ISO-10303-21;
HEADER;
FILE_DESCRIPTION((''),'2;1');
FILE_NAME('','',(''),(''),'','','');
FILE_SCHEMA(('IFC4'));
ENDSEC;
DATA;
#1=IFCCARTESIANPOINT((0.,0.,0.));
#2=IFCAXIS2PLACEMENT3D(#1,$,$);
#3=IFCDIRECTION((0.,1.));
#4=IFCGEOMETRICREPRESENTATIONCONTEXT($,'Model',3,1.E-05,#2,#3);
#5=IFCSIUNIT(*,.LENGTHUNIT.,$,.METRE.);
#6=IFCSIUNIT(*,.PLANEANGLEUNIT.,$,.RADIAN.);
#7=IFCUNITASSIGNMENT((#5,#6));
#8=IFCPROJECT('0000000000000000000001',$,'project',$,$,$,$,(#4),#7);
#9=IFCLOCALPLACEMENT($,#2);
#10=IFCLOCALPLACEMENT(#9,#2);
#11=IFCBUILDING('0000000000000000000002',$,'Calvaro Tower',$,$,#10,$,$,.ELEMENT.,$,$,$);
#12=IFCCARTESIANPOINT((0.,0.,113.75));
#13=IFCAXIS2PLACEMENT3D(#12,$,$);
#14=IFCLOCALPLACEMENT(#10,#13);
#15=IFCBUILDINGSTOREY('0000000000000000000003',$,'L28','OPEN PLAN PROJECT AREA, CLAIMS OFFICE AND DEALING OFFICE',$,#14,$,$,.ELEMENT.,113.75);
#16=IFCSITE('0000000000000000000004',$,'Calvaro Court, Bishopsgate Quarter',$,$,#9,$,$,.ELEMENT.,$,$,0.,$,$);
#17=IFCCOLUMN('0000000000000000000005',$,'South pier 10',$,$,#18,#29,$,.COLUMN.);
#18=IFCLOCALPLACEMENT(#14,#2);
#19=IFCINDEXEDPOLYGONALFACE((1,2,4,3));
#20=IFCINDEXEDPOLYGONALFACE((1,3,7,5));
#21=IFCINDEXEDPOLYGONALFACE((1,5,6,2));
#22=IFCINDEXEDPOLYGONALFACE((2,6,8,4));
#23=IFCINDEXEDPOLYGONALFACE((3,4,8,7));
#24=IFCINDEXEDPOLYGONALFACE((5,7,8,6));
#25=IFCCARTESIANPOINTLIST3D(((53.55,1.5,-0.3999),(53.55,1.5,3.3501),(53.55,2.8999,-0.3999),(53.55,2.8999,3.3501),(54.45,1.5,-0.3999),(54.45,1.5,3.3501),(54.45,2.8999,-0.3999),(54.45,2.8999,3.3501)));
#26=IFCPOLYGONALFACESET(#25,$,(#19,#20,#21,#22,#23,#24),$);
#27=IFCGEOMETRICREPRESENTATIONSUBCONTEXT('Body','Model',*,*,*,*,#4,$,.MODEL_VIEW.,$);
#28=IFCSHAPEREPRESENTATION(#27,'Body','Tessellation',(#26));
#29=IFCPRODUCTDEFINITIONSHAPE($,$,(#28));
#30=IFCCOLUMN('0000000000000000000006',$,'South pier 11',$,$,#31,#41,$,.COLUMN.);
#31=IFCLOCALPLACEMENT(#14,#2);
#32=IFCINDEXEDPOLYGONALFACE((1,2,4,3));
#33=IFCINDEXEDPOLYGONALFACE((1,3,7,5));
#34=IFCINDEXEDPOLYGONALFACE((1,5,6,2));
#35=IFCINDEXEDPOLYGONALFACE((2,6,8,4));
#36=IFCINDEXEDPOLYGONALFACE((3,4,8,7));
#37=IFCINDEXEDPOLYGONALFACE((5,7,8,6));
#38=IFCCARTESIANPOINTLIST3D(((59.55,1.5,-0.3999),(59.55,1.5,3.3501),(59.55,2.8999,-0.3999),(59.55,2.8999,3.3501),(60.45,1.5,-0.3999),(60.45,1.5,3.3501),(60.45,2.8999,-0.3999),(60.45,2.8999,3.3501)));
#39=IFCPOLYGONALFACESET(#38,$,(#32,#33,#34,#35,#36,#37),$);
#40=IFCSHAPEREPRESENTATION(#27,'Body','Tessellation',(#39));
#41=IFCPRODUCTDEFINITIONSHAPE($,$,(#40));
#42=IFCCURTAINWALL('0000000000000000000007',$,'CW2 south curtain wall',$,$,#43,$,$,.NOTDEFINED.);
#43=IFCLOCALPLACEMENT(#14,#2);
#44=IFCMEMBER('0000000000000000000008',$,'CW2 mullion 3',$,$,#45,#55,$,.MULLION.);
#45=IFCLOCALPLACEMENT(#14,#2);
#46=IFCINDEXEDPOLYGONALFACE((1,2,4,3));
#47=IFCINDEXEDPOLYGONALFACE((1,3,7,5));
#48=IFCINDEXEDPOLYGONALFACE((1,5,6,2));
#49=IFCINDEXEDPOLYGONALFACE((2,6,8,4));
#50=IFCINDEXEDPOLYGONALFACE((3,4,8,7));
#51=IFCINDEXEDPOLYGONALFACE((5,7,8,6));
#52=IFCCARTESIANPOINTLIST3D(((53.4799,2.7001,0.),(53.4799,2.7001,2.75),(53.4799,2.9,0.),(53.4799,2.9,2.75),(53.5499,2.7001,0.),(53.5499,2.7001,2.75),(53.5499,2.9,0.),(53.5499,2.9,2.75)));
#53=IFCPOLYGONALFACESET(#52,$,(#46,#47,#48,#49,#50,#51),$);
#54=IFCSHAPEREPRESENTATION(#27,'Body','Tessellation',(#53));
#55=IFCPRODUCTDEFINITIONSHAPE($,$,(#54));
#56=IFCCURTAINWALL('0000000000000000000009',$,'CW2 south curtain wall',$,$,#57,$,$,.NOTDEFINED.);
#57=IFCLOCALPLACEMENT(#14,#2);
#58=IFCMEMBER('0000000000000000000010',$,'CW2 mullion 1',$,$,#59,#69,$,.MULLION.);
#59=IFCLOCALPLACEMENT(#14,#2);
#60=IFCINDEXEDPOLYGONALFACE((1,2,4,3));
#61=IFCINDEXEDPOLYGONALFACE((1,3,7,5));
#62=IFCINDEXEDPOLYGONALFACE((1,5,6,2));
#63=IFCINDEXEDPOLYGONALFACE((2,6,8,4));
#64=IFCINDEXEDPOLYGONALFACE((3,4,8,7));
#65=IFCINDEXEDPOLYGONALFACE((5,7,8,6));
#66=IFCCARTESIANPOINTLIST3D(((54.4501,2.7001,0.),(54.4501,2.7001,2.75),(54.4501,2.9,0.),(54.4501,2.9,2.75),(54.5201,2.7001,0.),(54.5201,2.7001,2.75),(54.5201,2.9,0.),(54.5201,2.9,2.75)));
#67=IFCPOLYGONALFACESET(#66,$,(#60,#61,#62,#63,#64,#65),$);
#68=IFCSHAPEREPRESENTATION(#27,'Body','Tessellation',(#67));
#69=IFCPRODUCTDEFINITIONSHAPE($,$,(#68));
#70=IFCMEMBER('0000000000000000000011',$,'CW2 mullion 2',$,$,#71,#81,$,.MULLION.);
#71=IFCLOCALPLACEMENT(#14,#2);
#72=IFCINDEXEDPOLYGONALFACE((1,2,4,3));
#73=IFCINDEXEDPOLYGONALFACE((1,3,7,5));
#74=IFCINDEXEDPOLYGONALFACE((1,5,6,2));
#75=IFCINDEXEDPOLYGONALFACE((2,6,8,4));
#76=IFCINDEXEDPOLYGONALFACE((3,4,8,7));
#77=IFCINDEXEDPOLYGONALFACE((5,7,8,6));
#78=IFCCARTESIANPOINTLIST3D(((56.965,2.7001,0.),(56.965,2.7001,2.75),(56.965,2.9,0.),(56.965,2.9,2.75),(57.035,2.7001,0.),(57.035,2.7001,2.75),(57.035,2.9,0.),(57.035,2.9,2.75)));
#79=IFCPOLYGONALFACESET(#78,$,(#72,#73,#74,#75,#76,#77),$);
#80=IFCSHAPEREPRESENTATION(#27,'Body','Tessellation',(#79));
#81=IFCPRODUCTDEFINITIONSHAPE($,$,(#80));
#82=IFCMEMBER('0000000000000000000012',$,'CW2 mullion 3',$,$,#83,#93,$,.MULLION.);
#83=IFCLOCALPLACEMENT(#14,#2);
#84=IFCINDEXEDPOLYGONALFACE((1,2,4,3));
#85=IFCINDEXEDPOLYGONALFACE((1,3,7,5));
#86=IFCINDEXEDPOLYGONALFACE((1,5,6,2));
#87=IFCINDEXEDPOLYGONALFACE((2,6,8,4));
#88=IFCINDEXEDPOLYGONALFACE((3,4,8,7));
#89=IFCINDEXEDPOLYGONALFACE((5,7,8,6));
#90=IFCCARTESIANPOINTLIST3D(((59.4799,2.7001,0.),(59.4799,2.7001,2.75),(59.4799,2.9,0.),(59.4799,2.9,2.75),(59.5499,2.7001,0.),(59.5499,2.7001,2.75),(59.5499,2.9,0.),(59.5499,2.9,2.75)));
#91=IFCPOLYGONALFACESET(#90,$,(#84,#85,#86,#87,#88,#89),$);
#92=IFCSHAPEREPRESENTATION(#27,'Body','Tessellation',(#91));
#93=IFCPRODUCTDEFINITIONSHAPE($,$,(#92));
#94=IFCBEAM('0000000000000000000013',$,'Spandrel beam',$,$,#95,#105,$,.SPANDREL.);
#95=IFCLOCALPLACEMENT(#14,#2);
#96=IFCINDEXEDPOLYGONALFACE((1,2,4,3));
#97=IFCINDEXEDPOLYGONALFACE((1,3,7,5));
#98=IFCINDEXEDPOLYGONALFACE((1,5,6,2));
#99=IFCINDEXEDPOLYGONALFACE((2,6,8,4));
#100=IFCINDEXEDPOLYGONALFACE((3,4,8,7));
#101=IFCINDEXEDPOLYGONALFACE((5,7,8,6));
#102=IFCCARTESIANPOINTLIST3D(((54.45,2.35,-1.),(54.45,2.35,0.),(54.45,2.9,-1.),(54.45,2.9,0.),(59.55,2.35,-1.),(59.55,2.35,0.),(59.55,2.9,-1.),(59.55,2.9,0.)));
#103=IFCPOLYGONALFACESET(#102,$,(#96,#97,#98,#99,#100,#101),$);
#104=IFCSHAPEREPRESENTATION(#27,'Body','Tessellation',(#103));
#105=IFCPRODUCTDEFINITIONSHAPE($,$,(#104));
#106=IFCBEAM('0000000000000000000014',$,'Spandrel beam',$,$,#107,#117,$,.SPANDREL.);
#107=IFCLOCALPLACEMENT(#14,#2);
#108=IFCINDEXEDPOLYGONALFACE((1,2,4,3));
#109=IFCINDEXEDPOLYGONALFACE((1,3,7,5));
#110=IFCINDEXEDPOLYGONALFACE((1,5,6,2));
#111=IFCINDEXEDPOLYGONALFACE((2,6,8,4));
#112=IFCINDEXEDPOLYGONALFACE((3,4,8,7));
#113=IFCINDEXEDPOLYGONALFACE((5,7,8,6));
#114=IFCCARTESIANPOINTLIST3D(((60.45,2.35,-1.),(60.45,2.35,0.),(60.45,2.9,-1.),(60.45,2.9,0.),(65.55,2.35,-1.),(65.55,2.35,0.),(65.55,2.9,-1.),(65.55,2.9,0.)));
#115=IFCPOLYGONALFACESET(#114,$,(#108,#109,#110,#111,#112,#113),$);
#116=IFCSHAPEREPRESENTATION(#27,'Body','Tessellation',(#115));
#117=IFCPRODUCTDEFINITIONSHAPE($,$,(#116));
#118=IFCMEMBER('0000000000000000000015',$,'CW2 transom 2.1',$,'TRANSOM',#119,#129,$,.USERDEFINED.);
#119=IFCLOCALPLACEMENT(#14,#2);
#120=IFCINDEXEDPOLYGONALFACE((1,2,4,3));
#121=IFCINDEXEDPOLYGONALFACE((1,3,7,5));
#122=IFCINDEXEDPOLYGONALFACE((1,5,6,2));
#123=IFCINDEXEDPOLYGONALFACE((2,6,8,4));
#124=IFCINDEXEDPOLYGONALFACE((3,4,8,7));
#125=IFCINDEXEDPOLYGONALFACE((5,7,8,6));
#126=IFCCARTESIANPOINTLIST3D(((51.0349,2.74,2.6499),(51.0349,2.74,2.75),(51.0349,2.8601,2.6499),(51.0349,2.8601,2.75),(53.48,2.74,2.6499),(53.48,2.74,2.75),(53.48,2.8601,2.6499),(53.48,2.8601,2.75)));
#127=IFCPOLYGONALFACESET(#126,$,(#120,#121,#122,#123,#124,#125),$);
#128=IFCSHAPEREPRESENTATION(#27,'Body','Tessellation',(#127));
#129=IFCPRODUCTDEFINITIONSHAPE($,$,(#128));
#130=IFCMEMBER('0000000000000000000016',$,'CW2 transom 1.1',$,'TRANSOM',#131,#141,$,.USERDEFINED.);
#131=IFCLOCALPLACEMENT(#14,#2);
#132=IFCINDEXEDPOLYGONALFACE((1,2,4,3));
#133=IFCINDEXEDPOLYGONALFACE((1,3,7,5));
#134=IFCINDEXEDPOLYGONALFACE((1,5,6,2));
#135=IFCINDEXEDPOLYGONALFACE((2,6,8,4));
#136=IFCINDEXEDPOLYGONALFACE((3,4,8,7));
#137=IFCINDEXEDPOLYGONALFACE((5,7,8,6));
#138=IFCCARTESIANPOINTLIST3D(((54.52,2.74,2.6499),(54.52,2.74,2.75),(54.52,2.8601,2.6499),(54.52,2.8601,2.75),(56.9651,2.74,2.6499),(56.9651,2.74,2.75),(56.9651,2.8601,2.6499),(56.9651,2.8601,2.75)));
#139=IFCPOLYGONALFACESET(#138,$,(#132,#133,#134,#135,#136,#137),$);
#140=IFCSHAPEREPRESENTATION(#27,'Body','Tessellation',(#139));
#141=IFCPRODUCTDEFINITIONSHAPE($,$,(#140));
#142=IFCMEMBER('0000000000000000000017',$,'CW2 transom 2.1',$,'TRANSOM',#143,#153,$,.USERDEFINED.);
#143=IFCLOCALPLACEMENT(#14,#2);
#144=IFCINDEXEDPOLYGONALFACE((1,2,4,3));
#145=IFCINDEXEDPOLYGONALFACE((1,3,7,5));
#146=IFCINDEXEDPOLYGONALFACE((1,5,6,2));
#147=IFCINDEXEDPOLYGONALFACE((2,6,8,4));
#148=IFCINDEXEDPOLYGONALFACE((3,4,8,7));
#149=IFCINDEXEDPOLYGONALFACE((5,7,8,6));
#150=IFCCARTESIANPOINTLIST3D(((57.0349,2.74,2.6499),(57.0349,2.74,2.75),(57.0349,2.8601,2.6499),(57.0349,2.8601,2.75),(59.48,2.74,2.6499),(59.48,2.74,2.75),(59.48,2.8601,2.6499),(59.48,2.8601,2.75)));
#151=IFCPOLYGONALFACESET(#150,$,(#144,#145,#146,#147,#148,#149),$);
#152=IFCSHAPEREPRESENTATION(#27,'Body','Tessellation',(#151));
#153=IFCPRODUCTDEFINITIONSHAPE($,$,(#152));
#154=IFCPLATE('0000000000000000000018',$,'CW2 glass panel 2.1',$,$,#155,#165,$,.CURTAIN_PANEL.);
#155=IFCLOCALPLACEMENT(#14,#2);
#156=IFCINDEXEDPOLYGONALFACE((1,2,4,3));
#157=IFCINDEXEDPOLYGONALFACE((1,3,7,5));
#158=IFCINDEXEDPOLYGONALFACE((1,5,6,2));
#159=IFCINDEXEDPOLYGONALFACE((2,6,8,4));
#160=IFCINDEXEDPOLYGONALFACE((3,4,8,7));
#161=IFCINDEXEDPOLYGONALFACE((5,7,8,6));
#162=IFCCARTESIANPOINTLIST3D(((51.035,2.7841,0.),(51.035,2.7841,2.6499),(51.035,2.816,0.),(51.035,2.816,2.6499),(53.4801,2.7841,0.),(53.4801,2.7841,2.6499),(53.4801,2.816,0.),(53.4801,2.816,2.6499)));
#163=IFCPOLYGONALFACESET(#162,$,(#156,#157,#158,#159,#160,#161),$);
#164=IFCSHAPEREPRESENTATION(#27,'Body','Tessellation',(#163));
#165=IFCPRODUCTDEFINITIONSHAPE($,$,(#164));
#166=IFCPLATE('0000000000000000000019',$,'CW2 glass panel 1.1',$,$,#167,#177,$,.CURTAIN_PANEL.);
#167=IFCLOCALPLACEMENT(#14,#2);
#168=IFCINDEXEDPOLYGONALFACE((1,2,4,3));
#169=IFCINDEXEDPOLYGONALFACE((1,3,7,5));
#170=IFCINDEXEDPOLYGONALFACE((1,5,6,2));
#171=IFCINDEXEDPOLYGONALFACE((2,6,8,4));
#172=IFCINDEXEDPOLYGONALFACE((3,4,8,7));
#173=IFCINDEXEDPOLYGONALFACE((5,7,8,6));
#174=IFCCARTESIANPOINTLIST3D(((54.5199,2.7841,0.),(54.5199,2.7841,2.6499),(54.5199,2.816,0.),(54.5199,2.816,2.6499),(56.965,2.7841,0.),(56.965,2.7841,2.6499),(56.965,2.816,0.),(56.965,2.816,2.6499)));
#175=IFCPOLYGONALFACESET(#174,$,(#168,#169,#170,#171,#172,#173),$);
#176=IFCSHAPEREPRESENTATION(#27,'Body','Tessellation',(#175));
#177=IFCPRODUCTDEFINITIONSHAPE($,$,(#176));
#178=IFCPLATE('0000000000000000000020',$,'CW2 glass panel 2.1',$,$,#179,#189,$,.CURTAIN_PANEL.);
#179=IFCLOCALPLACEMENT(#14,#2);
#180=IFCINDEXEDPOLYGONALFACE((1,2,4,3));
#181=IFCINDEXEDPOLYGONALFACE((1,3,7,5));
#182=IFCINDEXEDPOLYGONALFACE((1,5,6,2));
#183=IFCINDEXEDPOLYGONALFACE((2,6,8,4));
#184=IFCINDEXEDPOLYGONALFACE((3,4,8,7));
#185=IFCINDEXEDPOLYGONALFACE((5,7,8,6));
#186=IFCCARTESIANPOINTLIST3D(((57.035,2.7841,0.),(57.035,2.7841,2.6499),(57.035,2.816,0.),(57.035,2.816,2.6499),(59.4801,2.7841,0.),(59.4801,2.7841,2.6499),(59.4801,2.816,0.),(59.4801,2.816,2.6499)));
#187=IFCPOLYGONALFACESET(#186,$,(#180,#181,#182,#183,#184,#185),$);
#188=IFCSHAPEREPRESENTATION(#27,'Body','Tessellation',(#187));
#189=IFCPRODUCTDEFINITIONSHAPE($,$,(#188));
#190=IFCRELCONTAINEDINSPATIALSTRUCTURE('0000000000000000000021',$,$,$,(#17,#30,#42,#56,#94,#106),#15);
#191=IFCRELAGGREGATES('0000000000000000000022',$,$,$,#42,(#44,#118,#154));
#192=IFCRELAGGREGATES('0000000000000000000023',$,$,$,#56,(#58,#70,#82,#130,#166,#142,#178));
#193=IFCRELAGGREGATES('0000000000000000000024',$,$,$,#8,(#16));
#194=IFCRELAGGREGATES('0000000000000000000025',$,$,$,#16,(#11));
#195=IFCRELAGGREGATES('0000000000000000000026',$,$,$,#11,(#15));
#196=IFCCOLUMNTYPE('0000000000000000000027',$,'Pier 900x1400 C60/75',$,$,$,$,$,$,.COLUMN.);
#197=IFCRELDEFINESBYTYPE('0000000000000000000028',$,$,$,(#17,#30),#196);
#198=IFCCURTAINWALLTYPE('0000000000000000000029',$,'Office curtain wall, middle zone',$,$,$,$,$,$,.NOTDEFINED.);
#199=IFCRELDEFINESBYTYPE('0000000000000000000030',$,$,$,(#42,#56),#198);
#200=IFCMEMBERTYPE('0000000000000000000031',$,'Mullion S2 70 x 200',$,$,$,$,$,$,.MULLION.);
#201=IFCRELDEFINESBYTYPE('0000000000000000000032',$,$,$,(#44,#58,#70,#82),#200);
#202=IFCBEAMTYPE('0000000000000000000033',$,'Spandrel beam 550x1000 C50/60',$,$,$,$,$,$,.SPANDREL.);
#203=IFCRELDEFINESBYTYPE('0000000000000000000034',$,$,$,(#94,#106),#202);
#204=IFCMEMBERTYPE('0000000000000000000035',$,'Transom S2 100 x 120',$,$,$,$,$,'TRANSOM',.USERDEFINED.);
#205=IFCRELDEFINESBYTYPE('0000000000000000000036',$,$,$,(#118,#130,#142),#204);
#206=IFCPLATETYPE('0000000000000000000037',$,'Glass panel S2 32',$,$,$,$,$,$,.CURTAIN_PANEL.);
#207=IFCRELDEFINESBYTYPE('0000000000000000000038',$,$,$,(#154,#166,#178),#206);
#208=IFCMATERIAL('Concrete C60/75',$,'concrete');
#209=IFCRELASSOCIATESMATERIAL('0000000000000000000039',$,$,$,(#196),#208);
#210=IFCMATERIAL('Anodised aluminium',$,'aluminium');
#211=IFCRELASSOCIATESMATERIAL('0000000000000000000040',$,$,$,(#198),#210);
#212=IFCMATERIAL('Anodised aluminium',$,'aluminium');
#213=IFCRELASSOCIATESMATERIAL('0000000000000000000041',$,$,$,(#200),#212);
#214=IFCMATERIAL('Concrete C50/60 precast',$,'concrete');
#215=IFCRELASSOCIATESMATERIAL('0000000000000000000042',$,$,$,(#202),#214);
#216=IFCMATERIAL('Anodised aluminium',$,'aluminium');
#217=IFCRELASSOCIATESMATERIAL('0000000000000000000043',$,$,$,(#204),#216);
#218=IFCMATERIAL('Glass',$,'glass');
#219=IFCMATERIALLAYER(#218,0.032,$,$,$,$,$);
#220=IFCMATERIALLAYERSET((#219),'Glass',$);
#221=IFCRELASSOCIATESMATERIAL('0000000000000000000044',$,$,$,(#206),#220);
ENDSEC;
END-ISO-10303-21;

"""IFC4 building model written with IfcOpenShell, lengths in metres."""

from ifc_helpers import new_model, si_unit, direction, frame, origin, origin_2d, place, context, subcontext, project, spatial, rectangle, extrude, material, layer, layer_set, material_profile, profile_set, type_object, element, aggregate, save


model = new_model("IFC4")

# Units and contexts
model_context = context("Model", 3, precision=1e-05, world=origin(), true_north=direction((0.0, 1.0)))
body_context = subcontext(model_context, "Body", "Model", "MODEL_VIEW")
ifc_project = project(units=[si_unit("LENGTHUNIT", "METRE"), si_unit("PLANEANGLEUNIT", "RADIAN")], contexts=[model_context])

# Site, building, storey
site_placement = place(None, origin())
site = spatial("IfcSite", under=ifc_project, at=site_placement, Name="Calvaro Court, Bishopsgate Quarter", CompositionType="ELEMENT", RefElevation=0.0)
building_placement = place(site_placement, origin())
building = spatial("IfcBuilding", under=site, at=building_placement, Name="Calvaro Tower", CompositionType="ELEMENT")
storey_placement = place(building_placement, frame((0.0, 0.0, 113.75)))
storey = spatial("IfcBuildingStorey", under=building, at=storey_placement, Name="L28", Description="OPEN PLAN PROJECT AREA, CLAIMS OFFICE AND DEALING OFFICE", CompositionType="ELEMENT", Elevation=113.75)

# Columns
ifc_material_1 = material(Name="Concrete C60/75", Category="concrete")
ifc_material_profile_1 = material_profile(ifc_material_1, rectangle(XDim=0.8999, YDim=1.3999, at=origin_2d()), Name="RC 900x1400")
ifc_profile_set_1 = profile_set([ifc_material_profile_1], Name="Concrete C60/75")
column_type = type_object("IfcColumnType", Name="Pier 900x1400 C60/75", PredefinedType="COLUMN", material=ifc_profile_set_1)
for number, where, z_axis, x_axis, name in (
    (1, (54.0, 2.2, -0.3999), (0.0, 0.0, 1.0), (1.0, 0.0, 0.0), "South pier 10"),
    (2, (60.0, 2.2, -0.3999), (0.0, 0.0, 1.0), (1.0, 0.0, 0.0), "South pier 11"),
):
    element("IfcColumn", number, at=place(storey_placement, frame(where, z_axis=z_axis, x_axis=x_axis)), inside=storey, type_object=column_type, Name=name, PredefinedType="COLUMN", context=body_context, shape_type="SweptSolid", body=[
        extrude(rectangle(XDim=0.8999, YDim=1.3999, at=origin_2d()), origin(), (0.0, 0.0, 1.0), 3.75),
    ])

# Curtain wall, member
ifc_material_2 = material(Name="Anodised aluminium", Category="aluminium")
curtain_wall_type = type_object("IfcCurtainWallType", Name="Office curtain wall, middle zone", PredefinedType="NOTDEFINED", material=ifc_material_2)
curtain_wall_1_placement = place(storey_placement, origin())
curtain_wall_1 = element("IfcCurtainWall", 3, at=curtain_wall_1_placement, inside=storey, type_object=curtain_wall_type, Name="CW2 south curtain wall", PredefinedType="NOTDEFINED")
ifc_material_3 = material(Name="Anodised aluminium", Category="aluminium")
ifc_material_profile_2 = material_profile(ifc_material_3, rectangle(XDim=0.2, YDim=0.0701, at=origin_2d()), Name="Mullion S2 70 x 200")
ifc_profile_set_2 = profile_set([ifc_material_profile_2], Name="Anodised aluminium")
member_type_1 = type_object("IfcMemberType", Name="Mullion S2 70 x 200", PredefinedType="MULLION", material=ifc_profile_set_2)
member_1_placement = place(storey_placement, frame((53.5149, 2.8, 0.0), z_axis=(0.0, 0.0, 1.0), x_axis=(0.0, 1.0, 0.0)))
member_1 = element("IfcMember", 4, at=member_1_placement, type_object=member_type_1, Name="CW2 mullion 3", PredefinedType="MULLION", context=body_context, shape_type="SweptSolid", body=[
    extrude(rectangle(XDim=0.2, YDim=0.0701, at=origin_2d()), origin(), (0.0, 0.0, 1.0), 2.75),
])

# Curtain wall, members
curtain_wall_2_placement = place(storey_placement, origin())
curtain_wall_2 = element("IfcCurtainWall", 5, at=curtain_wall_2_placement, inside=storey, type_object=curtain_wall_type, Name="CW2 south curtain wall", PredefinedType="NOTDEFINED")
member_2_placement = place(storey_placement, frame((54.4851, 2.8, 0.0), z_axis=(0.0, 0.0, 1.0), x_axis=(0.0, 1.0, 0.0)))
member_2 = element("IfcMember", 6, at=member_2_placement, type_object=member_type_1, Name="CW2 mullion 1", PredefinedType="MULLION", context=body_context, shape_type="SweptSolid", body=[
    extrude(rectangle(XDim=0.2, YDim=0.0701, at=origin_2d()), origin(), (0.0, 0.0, 1.0), 2.75),
])
member_3_placement = place(storey_placement, frame((57.0, 2.8, 0.0), z_axis=(0.0, 0.0, 1.0), x_axis=(0.0, 1.0, 0.0)))
member_3 = element("IfcMember", 7, at=member_3_placement, type_object=member_type_1, Name="CW2 mullion 2", PredefinedType="MULLION", context=body_context, shape_type="SweptSolid", body=[
    extrude(rectangle(XDim=0.2, YDim=0.0701, at=origin_2d()), origin(), (0.0, 0.0, 1.0), 2.75),
])
member_4_placement = place(storey_placement, frame((59.5149, 2.8, 0.0), z_axis=(0.0, 0.0, 1.0), x_axis=(0.0, 1.0, 0.0)))
member_4 = element("IfcMember", 8, at=member_4_placement, type_object=member_type_1, Name="CW2 mullion 3", PredefinedType="MULLION", context=body_context, shape_type="SweptSolid", body=[
    extrude(rectangle(XDim=0.2, YDim=0.0701, at=origin_2d()), origin(), (0.0, 0.0, 1.0), 2.75),
])

# Beams
ifc_material_4 = material(Name="Concrete C50/60 precast", Category="concrete")
ifc_material_profile_3 = material_profile(ifc_material_4, rectangle(XDim=0.55, YDim=1.0, at=origin_2d()), Name="RC 550x1000")
ifc_profile_set_3 = profile_set([ifc_material_profile_3], Name="Concrete C50/60 precast")
beam_type = type_object("IfcBeamType", Name="Spandrel beam 550x1000 C50/60", PredefinedType="SPANDREL", material=ifc_profile_set_3)
for number, where, z_axis, x_axis, name in (
    (9, (54.45, 2.625, -0.5), (1.0, 0.0, 0.0), (0.0, 1.0, 0.0), "Spandrel beam"),
    (10, (60.45, 2.625, -0.5), (1.0, 0.0, 0.0), (0.0, 1.0, 0.0), "Spandrel beam"),
):
    element("IfcBeam", number, at=place(storey_placement, frame(where, z_axis=z_axis, x_axis=x_axis)), inside=storey, type_object=beam_type, Name=name, PredefinedType="SPANDREL", context=body_context, shape_type="SweptSolid", body=[
        extrude(rectangle(XDim=0.55, YDim=1.0, at=origin_2d()), origin(), (0.0, 0.0, 1.0), 5.1001),
    ])

# Members
ifc_material_5 = material(Name="Anodised aluminium", Category="aluminium")
ifc_material_profile_4 = material_profile(ifc_material_5, rectangle(XDim=0.1201, YDim=0.1001, at=origin_2d()), Name="Transom S2 100 x 120")
ifc_profile_set_4 = profile_set([ifc_material_profile_4], Name="Anodised aluminium")
member_type_2 = type_object("IfcMemberType", Name="Transom S2 100 x 120", ElementType="TRANSOM", PredefinedType="USERDEFINED", material=ifc_profile_set_4)
member_5_placement = place(storey_placement, frame((51.0349, 2.8, 2.7), z_axis=(1.0, 0.0, 0.0), x_axis=(0.0, 1.0, 0.0)))
member_5 = element("IfcMember", 11, at=member_5_placement, type_object=member_type_2, Name="CW2 transom 2.1", ObjectType="TRANSOM", PredefinedType="USERDEFINED", context=body_context, shape_type="SweptSolid", body=[
    extrude(rectangle(XDim=0.1201, YDim=0.1001, at=origin_2d()), origin(), (0.0, 0.0, 1.0), 2.4451),
])
member_6_placement = place(storey_placement, frame((54.52, 2.8, 2.7), z_axis=(1.0, 0.0, 0.0), x_axis=(0.0, 1.0, 0.0)))
member_6 = element("IfcMember", 12, at=member_6_placement, type_object=member_type_2, Name="CW2 transom 1.1", ObjectType="TRANSOM", PredefinedType="USERDEFINED", context=body_context, shape_type="SweptSolid", body=[
    extrude(rectangle(XDim=0.1201, YDim=0.1001, at=origin_2d()), origin(), (0.0, 0.0, 1.0), 2.4451),
])
member_7_placement = place(storey_placement, frame((57.0349, 2.8, 2.7), z_axis=(1.0, 0.0, 0.0), x_axis=(0.0, 1.0, 0.0)))
member_7 = element("IfcMember", 13, at=member_7_placement, type_object=member_type_2, Name="CW2 transom 2.1", ObjectType="TRANSOM", PredefinedType="USERDEFINED", context=body_context, shape_type="SweptSolid", body=[
    extrude(rectangle(XDim=0.1201, YDim=0.1001, at=origin_2d()), origin(), (0.0, 0.0, 1.0), 2.4451),
])

# Plates
ifc_material_6 = material(Name="Glass", Category="glass")
ifc_layer = layer(ifc_material_6, 0.032)
ifc_layer_set = layer_set([ifc_layer], Name="Glass")
plate_type = type_object("IfcPlateType", Name="Glass panel S2 32", PredefinedType="CURTAIN_PANEL", material=ifc_layer_set)
plate_1_placement = place(storey_placement, frame((52.2576, 2.8, 0.0), z_axis=(0.0, 0.0, 1.0), x_axis=(1.0, 0.0, 0.0)))
plate_1 = element("IfcPlate", 14, at=plate_1_placement, type_object=plate_type, Name="CW2 glass panel 2.1", PredefinedType="CURTAIN_PANEL", context=body_context, shape_type="SweptSolid", body=[
    extrude(rectangle(XDim=2.4451, YDim=0.032, at=origin_2d()), origin(), (0.0, 0.0, 1.0), 2.6499),
])
aggregate(curtain_wall_1, [member_1, member_5, plate_1])
plate_2_placement = place(storey_placement, frame((55.7424, 2.8, 0.0), z_axis=(0.0, 0.0, 1.0), x_axis=(1.0, 0.0, 0.0)))
plate_2 = element("IfcPlate", 15, at=plate_2_placement, type_object=plate_type, Name="CW2 glass panel 1.1", PredefinedType="CURTAIN_PANEL", context=body_context, shape_type="SweptSolid", body=[
    extrude(rectangle(XDim=2.4451, YDim=0.032, at=origin_2d()), origin(), (0.0, 0.0, 1.0), 2.6499),
])
plate_3_placement = place(storey_placement, frame((58.2576, 2.8, 0.0), z_axis=(0.0, 0.0, 1.0), x_axis=(1.0, 0.0, 0.0)))
plate_3 = element("IfcPlate", 16, at=plate_3_placement, type_object=plate_type, Name="CW2 glass panel 2.1", PredefinedType="CURTAIN_PANEL", context=body_context, shape_type="SweptSolid", body=[
    extrude(rectangle(XDim=2.4451, YDim=0.032, at=origin_2d()), origin(), (0.0, 0.0, 1.0), 2.6499),
])
aggregate(curtain_wall_2, [member_2, member_3, member_4, member_6, plate_2, member_7, plate_3])

save(model, "model.ifc")
